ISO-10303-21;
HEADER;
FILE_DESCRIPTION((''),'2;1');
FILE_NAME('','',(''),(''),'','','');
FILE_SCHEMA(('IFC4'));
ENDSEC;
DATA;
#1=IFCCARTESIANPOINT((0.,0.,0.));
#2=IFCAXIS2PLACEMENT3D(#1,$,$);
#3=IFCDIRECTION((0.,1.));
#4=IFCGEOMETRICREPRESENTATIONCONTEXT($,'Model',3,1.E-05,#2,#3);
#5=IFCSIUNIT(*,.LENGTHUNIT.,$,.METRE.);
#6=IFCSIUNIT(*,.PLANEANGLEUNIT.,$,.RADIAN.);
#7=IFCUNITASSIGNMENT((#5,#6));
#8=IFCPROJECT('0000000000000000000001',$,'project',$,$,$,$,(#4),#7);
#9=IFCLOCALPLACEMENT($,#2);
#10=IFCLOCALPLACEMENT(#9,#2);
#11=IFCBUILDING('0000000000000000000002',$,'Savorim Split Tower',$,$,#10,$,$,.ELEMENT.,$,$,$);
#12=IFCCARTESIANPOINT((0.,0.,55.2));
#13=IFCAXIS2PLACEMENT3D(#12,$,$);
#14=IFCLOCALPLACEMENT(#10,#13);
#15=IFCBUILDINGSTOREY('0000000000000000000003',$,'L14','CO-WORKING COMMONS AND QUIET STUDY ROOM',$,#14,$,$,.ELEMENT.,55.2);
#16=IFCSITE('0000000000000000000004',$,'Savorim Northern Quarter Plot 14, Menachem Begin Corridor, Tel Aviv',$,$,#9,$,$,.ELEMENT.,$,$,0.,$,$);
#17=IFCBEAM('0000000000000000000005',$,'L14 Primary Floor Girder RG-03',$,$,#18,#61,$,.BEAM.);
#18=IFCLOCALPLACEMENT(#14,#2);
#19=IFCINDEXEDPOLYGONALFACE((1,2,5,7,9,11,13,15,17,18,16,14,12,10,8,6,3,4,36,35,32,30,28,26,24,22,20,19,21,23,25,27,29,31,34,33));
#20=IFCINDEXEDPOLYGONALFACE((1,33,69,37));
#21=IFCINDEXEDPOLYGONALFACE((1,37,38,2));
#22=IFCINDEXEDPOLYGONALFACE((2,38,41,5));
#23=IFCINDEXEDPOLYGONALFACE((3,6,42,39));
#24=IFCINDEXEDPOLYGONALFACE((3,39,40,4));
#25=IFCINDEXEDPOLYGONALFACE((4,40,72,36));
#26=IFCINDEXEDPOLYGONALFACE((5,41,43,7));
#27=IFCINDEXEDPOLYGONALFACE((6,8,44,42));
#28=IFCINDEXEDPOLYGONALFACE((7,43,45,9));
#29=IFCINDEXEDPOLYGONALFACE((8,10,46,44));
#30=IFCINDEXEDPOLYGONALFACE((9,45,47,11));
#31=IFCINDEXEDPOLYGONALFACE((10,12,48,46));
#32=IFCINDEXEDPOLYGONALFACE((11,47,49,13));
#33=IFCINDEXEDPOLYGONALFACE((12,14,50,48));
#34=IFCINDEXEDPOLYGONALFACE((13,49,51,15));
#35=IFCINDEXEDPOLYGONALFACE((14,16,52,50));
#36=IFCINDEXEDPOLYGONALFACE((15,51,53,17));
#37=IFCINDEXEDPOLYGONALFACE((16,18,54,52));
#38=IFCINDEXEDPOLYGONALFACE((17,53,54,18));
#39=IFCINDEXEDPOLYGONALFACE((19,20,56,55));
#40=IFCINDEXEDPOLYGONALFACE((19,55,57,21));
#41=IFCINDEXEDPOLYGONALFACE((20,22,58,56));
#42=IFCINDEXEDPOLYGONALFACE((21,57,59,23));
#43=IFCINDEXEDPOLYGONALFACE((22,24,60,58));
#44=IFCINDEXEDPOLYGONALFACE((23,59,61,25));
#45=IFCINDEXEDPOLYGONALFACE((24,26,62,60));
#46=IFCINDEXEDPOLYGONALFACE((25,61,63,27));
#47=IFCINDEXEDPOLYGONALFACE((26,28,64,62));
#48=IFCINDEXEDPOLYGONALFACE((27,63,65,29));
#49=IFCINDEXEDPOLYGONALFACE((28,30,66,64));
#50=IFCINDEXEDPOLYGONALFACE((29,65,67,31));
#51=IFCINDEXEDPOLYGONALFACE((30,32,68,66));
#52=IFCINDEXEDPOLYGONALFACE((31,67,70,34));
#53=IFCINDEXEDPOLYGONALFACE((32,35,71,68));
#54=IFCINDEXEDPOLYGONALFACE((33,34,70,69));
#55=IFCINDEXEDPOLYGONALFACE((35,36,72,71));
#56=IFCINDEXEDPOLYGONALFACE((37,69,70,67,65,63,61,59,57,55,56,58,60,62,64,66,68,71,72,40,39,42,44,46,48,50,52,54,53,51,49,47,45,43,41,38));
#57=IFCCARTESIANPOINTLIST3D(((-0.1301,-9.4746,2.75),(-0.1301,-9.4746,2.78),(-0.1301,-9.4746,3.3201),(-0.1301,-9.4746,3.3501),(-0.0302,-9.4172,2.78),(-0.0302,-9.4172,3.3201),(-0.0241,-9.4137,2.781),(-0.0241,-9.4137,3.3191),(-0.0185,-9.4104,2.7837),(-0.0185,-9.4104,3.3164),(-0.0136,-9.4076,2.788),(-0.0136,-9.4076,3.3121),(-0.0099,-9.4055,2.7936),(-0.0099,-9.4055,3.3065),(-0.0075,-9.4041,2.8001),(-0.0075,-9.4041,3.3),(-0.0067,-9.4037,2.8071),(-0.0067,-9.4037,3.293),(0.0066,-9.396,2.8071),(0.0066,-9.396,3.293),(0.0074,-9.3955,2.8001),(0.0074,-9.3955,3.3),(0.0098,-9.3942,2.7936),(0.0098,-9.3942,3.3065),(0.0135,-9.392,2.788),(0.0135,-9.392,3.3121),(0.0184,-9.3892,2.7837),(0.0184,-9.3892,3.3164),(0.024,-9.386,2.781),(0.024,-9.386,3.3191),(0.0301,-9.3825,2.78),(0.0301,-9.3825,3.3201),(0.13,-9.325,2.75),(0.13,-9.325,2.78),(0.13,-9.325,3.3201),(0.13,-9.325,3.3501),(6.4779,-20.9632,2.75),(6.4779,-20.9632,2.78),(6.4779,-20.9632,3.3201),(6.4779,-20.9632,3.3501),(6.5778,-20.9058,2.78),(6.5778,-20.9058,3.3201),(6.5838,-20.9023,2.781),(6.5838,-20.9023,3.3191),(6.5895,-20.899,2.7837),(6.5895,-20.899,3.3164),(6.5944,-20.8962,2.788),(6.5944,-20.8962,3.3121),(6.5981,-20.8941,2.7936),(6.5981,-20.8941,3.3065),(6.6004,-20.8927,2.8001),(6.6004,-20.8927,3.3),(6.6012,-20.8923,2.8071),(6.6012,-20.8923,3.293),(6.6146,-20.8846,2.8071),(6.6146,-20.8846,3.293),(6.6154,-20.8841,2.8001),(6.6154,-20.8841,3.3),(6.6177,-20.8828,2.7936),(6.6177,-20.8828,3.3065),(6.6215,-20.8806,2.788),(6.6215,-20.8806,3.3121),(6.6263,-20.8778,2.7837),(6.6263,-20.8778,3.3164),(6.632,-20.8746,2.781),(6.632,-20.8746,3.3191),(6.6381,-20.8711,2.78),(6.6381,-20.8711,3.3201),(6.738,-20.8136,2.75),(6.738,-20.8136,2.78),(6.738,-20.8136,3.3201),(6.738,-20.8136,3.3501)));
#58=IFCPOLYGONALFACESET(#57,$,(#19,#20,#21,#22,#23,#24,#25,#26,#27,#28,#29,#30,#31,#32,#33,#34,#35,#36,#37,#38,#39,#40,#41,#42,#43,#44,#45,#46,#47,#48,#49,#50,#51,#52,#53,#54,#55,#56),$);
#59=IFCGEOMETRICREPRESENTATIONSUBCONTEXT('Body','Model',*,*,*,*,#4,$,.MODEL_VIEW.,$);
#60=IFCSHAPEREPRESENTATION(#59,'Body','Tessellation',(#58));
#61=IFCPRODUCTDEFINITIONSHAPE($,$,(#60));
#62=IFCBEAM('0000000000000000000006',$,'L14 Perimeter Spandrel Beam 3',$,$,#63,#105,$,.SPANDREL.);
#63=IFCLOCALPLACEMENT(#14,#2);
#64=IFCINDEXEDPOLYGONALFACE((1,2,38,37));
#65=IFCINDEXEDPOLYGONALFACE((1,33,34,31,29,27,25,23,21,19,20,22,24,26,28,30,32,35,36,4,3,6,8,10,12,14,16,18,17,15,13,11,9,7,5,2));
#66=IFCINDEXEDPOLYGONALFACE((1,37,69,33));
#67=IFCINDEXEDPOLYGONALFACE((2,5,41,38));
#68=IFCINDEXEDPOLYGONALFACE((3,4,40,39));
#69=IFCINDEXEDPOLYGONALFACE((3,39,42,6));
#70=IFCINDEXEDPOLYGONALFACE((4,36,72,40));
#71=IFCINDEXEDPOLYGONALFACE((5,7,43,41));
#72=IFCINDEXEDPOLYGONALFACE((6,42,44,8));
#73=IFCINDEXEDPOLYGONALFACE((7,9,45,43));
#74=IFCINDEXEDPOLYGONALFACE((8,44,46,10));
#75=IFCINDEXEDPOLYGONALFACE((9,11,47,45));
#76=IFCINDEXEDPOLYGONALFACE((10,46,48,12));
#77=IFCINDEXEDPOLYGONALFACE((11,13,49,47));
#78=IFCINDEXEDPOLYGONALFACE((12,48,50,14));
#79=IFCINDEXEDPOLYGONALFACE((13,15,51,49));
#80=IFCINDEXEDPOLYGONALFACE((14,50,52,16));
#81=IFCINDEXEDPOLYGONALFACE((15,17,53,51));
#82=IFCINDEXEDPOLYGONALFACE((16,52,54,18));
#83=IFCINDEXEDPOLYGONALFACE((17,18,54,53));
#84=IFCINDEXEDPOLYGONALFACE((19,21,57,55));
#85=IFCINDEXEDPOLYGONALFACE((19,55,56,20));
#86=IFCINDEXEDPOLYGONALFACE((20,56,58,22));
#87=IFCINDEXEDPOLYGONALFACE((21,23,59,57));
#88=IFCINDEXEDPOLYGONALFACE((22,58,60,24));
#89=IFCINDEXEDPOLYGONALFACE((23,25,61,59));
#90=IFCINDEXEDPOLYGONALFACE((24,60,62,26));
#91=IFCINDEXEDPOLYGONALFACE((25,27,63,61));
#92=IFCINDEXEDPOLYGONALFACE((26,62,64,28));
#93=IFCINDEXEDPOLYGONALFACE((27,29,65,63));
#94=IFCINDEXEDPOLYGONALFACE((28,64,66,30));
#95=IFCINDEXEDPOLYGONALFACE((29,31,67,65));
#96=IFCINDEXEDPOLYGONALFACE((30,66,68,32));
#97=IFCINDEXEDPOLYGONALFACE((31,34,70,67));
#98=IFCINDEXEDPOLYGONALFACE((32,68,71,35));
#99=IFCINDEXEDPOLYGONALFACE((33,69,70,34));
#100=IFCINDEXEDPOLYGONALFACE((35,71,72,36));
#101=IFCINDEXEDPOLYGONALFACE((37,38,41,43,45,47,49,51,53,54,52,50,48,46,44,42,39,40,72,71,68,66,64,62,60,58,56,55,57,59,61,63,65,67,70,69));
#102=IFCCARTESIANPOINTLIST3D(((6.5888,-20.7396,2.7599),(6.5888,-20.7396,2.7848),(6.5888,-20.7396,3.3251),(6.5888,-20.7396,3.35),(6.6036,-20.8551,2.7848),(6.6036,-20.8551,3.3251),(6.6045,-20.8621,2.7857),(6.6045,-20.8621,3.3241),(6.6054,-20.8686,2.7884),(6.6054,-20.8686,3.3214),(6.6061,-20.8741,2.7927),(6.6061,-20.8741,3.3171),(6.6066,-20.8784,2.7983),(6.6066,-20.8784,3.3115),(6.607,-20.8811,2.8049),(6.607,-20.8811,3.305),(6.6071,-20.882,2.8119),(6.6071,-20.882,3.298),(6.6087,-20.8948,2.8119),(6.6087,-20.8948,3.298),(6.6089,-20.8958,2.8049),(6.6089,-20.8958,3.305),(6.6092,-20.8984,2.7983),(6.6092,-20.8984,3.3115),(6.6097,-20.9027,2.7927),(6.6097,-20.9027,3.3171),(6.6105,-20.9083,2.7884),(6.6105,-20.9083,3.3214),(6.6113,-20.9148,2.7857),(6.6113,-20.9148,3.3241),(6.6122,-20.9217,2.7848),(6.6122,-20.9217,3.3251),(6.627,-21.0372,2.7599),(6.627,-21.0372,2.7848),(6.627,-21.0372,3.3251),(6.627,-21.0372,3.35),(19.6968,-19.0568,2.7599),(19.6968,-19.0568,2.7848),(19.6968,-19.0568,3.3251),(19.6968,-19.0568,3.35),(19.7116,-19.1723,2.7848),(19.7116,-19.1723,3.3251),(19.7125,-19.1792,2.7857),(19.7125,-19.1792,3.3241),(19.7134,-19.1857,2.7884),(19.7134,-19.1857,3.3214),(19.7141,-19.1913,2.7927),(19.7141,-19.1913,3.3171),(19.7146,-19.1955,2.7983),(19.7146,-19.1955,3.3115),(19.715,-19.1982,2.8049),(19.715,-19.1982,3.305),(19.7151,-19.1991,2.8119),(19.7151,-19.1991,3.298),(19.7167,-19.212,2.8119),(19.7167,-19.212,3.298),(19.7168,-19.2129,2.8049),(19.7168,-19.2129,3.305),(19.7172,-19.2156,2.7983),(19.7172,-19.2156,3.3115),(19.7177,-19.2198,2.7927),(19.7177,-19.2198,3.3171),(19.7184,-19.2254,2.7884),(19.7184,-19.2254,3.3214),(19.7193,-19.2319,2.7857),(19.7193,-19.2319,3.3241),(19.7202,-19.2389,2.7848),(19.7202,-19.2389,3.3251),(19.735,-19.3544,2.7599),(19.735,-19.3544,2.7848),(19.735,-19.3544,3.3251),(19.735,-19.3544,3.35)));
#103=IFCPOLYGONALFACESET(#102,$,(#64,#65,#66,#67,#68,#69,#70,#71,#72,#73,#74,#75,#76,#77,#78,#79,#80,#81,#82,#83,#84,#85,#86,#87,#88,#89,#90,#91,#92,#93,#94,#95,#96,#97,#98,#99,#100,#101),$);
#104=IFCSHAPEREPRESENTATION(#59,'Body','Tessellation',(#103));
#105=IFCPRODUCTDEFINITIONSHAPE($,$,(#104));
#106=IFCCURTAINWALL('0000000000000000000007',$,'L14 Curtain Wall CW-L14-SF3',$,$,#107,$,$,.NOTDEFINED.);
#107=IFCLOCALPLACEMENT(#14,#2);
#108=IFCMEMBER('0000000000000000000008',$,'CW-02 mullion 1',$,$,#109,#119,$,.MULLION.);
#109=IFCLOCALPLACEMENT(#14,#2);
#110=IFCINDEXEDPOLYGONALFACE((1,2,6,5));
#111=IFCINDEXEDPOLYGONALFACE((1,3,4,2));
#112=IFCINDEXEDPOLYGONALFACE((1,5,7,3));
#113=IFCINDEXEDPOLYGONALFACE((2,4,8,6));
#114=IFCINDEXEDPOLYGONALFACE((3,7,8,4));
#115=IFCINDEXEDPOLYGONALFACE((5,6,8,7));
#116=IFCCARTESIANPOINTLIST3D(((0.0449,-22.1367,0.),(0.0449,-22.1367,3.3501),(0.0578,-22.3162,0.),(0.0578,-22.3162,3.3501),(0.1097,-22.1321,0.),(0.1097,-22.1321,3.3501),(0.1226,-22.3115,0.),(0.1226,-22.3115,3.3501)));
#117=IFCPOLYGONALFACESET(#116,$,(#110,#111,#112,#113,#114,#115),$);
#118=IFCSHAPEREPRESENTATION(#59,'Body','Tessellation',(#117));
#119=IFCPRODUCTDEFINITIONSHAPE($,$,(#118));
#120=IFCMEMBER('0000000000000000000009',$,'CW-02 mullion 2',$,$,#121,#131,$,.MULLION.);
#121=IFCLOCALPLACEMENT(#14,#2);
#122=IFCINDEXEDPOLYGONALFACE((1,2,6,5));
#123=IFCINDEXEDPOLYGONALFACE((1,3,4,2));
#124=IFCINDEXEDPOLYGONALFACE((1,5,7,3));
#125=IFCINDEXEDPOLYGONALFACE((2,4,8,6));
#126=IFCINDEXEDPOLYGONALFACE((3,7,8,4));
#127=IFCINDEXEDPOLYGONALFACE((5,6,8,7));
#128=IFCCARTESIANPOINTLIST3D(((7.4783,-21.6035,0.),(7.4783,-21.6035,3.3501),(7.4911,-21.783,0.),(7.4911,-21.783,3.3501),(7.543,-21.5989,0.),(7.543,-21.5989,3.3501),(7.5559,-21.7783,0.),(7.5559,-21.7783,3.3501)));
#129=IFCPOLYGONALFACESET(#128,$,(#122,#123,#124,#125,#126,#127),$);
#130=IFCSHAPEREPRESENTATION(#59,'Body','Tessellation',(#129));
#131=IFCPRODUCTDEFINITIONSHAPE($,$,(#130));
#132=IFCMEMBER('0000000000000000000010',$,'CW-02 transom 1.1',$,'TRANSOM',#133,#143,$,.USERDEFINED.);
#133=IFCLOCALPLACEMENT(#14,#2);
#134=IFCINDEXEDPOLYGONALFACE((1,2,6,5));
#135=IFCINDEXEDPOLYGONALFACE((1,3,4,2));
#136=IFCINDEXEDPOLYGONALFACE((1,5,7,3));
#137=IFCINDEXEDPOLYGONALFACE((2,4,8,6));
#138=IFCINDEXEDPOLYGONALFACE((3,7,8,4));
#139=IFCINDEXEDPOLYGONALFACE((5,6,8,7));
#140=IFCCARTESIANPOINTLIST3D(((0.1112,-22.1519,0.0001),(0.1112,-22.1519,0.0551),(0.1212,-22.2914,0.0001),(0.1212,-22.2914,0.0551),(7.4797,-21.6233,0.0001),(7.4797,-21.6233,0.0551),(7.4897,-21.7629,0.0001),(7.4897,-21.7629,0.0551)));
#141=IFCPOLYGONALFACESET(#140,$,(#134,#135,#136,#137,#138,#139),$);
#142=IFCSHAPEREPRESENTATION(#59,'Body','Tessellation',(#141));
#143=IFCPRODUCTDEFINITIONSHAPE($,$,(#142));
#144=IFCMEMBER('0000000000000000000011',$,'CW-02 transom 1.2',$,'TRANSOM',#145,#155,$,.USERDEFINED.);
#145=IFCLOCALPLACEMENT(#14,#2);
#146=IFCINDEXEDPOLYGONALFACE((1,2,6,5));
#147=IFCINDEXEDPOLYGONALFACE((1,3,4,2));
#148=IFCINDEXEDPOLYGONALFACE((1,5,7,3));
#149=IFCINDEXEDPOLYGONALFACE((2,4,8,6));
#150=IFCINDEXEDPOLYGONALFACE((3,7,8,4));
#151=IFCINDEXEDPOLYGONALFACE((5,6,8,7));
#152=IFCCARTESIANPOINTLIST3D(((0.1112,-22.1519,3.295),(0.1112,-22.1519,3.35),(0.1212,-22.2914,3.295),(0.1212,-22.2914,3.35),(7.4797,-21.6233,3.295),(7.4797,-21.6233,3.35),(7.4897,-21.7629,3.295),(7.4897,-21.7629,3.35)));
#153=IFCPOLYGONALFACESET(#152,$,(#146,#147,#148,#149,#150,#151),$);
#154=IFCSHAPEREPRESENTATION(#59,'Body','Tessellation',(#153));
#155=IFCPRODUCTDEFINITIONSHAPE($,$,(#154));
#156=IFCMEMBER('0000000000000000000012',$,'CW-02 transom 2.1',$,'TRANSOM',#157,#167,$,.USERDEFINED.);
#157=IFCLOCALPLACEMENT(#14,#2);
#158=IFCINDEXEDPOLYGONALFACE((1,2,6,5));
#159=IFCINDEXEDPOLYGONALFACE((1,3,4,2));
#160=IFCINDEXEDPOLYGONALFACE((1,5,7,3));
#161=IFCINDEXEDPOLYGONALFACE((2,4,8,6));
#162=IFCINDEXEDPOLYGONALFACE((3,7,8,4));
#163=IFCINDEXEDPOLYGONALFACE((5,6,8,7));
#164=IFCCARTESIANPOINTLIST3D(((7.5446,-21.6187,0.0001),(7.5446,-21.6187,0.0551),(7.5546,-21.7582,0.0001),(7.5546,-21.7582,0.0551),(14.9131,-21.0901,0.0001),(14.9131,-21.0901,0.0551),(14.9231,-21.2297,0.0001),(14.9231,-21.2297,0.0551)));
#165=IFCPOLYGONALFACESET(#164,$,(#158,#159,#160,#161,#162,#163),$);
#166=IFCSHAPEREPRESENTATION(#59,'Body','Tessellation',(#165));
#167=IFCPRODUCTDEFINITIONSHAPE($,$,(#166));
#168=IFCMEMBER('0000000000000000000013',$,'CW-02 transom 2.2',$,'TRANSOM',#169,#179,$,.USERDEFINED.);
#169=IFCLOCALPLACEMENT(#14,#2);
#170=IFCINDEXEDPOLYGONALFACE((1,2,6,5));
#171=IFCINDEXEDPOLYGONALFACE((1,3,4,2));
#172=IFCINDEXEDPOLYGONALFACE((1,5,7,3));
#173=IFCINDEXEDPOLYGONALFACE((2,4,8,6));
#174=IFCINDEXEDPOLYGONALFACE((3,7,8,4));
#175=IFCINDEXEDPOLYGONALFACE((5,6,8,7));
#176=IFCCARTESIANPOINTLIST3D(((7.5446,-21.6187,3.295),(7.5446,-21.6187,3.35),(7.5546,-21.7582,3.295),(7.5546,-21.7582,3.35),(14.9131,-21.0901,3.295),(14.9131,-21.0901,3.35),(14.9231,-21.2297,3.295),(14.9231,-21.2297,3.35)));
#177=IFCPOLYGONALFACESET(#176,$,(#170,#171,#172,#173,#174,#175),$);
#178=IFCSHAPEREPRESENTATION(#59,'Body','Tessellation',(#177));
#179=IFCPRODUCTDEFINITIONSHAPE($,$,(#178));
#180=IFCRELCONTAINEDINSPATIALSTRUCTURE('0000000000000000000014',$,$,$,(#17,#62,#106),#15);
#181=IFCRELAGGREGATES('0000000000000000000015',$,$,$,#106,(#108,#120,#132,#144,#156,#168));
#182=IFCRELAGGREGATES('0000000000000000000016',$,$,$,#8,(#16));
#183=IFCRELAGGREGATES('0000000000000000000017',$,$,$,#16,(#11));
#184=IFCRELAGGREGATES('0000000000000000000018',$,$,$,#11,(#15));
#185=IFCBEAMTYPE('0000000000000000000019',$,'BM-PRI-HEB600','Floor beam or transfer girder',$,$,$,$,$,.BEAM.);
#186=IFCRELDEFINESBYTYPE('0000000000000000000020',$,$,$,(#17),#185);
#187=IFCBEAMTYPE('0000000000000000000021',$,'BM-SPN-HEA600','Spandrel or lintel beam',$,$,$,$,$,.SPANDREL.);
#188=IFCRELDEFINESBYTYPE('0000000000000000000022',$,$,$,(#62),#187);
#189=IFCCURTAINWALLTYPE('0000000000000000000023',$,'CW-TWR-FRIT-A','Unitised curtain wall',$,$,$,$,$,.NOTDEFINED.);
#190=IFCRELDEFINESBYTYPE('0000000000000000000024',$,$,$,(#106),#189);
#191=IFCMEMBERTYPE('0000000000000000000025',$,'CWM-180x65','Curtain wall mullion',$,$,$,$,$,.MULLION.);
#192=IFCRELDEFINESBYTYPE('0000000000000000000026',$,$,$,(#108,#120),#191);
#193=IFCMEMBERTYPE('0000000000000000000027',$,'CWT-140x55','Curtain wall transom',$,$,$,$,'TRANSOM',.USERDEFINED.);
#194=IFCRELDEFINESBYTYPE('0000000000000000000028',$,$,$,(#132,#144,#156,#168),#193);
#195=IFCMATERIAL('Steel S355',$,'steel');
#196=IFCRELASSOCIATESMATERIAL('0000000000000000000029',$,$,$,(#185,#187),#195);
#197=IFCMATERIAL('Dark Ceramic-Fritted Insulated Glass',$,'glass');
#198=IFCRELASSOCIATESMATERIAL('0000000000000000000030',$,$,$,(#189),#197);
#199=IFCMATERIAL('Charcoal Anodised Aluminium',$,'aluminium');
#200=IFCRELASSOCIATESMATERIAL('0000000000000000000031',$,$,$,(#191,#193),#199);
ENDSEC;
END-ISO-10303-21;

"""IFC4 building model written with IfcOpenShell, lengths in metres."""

from ifc_helpers import new_model, si_unit, direction, frame, origin, origin_2d, place, context, subcontext, project, spatial, rectangle, i_section, extrude, material, material_profile, profile_set, type_object, element, aggregate, save


model = new_model("IFC4")

# Units and contexts
model_context = context("Model", 3, precision=1e-05, world=origin(), true_north=direction((0.0, 1.0)))
body_context = subcontext(model_context, "Body", "Model", "MODEL_VIEW")
ifc_project = project(units=[si_unit("LENGTHUNIT", "METRE"), si_unit("PLANEANGLEUNIT", "RADIAN")], contexts=[model_context])

# Site, building, storey
site_placement = place(None, origin())
site = spatial("IfcSite", under=ifc_project, at=site_placement, Name="Savorim Northern Quarter Plot 14, Menachem Begin Corridor, Tel Aviv", CompositionType="ELEMENT", RefElevation=0.0)
building_placement = place(site_placement, origin())
building = spatial("IfcBuilding", under=site, at=building_placement, Name="Savorim Split Tower", CompositionType="ELEMENT")
storey_placement = place(building_placement, frame((0.0, 0.0, 55.2)))
storey = spatial("IfcBuildingStorey", under=building, at=storey_placement, Name="L14", Description="CO-WORKING COMMONS AND QUIET STUDY ROOM", CompositionType="ELEMENT", Elevation=55.2)

# Beams
ifc_material_1 = material(Name="Steel S355", Category="steel")
ifc_material_profile_1 = material_profile(ifc_material_1, i_section(OverallWidth=0.3, OverallDepth=0.6001, WebThickness=0.0154, FlangeThickness=0.03, FilletRadius=0.0271, at=origin_2d()), Name="HEB 600")
ifc_profile_set_1 = profile_set([ifc_material_profile_1], Name="Steel S355")
beam_type_1 = type_object("IfcBeamType", Name="BM-PRI-HEB600", Description="Floor beam or transfer girder", PredefinedType="BEAM", material=ifc_profile_set_1)
beam_1_placement = place(storey_placement, frame((6.6079, -20.8884, 3.05), z_axis=(-0.498585, 0.866841, 0.0), x_axis=(-0.866841, -0.498585, 0.0)))
element("IfcBeam", 1, at=beam_1_placement, inside=storey, type_object=beam_type_1, Name="L14 Primary Floor Girder RG-03", PredefinedType="BEAM", context=body_context, shape_type="SweptSolid", body=[
    extrude(i_section(OverallWidth=0.3, OverallDepth=0.6001, WebThickness=0.0154, FlangeThickness=0.03, FilletRadius=0.0271, at=origin_2d()), origin(), (0.0, 0.0, 1.0), 13.2534),
])
ifc_material_profile_2 = material_profile(ifc_material_1, i_section(OverallWidth=0.3, OverallDepth=0.5901, WebThickness=0.0129, FlangeThickness=0.0249, FilletRadius=0.0271, at=origin_2d()), Name="HEA 600")
ifc_profile_set_2 = profile_set([ifc_material_profile_2], Name="Steel S355")
beam_type_2 = type_object("IfcBeamType", Name="BM-SPN-HEA600", Description="Spandrel or lintel beam", PredefinedType="SPANDREL", material=ifc_profile_set_2)
beam_2_placement = place(storey_placement, frame((6.6079, -20.8884, 3.0549), z_axis=(0.991859, 0.12734, 0.0), x_axis=(-0.12734, 0.991859, 0.0)))
element("IfcBeam", 2, at=beam_2_placement, inside=storey, type_object=beam_type_2, Name="L14 Perimeter Spandrel Beam 3", PredefinedType="SPANDREL", context=body_context, shape_type="SweptSolid", body=[
    extrude(i_section(OverallWidth=0.3, OverallDepth=0.5901, WebThickness=0.0129, FlangeThickness=0.0249, FilletRadius=0.0271, at=origin_2d()), origin(), (0.0, 0.0, 1.0), 13.2156),
])

# Curtain wall, members
ifc_material_2 = material(Name="Dark Ceramic-Fritted Insulated Glass", Category="glass")
curtain_wall_type = type_object("IfcCurtainWallType", Name="CW-TWR-FRIT-A", Description="Unitised curtain wall", PredefinedType="NOTDEFINED", material=ifc_material_2)
curtain_wall_placement = place(storey_placement, origin())
curtain_wall = element("IfcCurtainWall", 3, at=curtain_wall_placement, inside=storey, type_object=curtain_wall_type, Name="L14 Curtain Wall CW-L14-SF3", PredefinedType="NOTDEFINED")
ifc_material_3 = material(Name="Charcoal Anodised Aluminium", Category="aluminium")
ifc_material_profile_3 = material_profile(ifc_material_3, rectangle(XDim=0.1799, YDim=0.0649, at=origin_2d()), Name="ALU-M 180x65")
ifc_profile_set_3 = profile_set([ifc_material_profile_3], Name="Charcoal Anodised Aluminium")
member_type_1 = type_object("IfcMemberType", Name="CWM-180x65", Description="Curtain wall mullion", PredefinedType="MULLION", material=ifc_profile_set_3)
member_1_placement = place(storey_placement, frame((0.0837, -22.2241, 0.0), z_axis=(0.0, 0.0, 1.0), x_axis=(-0.071557, 0.997437, 0.0)))
member_1 = element("IfcMember", 4, at=member_1_placement, type_object=member_type_1, Name="CW-02 mullion 1", PredefinedType="MULLION", context=body_context, shape_type="SweptSolid", body=[
    extrude(rectangle(XDim=0.1799, YDim=0.0649, at=origin_2d()), origin(), (0.0, 0.0, 1.0), 3.3501),
])
member_2_placement = place(storey_placement, frame((7.5171, -21.6909, 0.0), z_axis=(0.0, 0.0, 1.0), x_axis=(-0.071557, 0.997437, 0.0)))
member_2 = element("IfcMember", 5, at=member_2_placement, type_object=member_type_1, Name="CW-02 mullion 2", PredefinedType="MULLION", context=body_context, shape_type="SweptSolid", body=[
    extrude(rectangle(XDim=0.1799, YDim=0.0649, at=origin_2d()), origin(), (0.0, 0.0, 1.0), 3.3501),
])
ifc_material_profile_4 = material_profile(ifc_material_3, rectangle(XDim=0.1399, YDim=0.0549, at=origin_2d()), Name="ALU-T 140x55")
ifc_profile_set_4 = profile_set([ifc_material_profile_4], Name="Charcoal Anodised Aluminium")
member_type_2 = type_object("IfcMemberType", Name="CWT-140x55", Description="Curtain wall transom", ElementType="TRANSOM", PredefinedType="USERDEFINED", material=ifc_profile_set_4)
member_3_placement = place(storey_placement, frame((0.1162, -22.2217, 0.0276), z_axis=(0.997437, 0.07155, 0.0), x_axis=(-0.07155, 0.997437, 0.0)))
member_3 = element("IfcMember", 6, at=member_3_placement, type_object=member_type_2, Name="CW-02 transom 1.1", ObjectType="TRANSOM", PredefinedType="USERDEFINED", context=body_context, shape_type="SweptSolid", body=[
    extrude(rectangle(XDim=0.1399, YDim=0.0549, at=origin_2d()), origin(), (0.0, 0.0, 1.0), 7.3875),
])
member_4_placement = place(storey_placement, frame((0.1162, -22.2217, 3.3225), z_axis=(0.997437, 0.07155, 0.0), x_axis=(-0.07155, 0.997437, 0.0)))
member_4 = element("IfcMember", 7, at=member_4_placement, type_object=member_type_2, Name="CW-02 transom 1.2", ObjectType="TRANSOM", PredefinedType="USERDEFINED", context=body_context, shape_type="SweptSolid", body=[
    extrude(rectangle(XDim=0.1399, YDim=0.0549, at=origin_2d()), origin(), (0.0, 0.0, 1.0), 7.3875),
])
member_5_placement = place(storey_placement, frame((7.5496, -21.6885, 0.0276), z_axis=(0.997437, 0.07155, 0.0), x_axis=(-0.07155, 0.997437, 0.0)))
member_5 = element("IfcMember", 8, at=member_5_placement, type_object=member_type_2, Name="CW-02 transom 2.1", ObjectType="TRANSOM", PredefinedType="USERDEFINED", context=body_context, shape_type="SweptSolid", body=[
    extrude(rectangle(XDim=0.1399, YDim=0.0549, at=origin_2d()), origin(), (0.0, 0.0, 1.0), 7.3875),
])
member_6_placement = place(storey_placement, frame((7.5496, -21.6885, 3.3225), z_axis=(0.997437, 0.07155, 0.0), x_axis=(-0.07155, 0.997437, 0.0)))
member_6 = element("IfcMember", 9, at=member_6_placement, type_object=member_type_2, Name="CW-02 transom 2.2", ObjectType="TRANSOM", PredefinedType="USERDEFINED", context=body_context, shape_type="SweptSolid", body=[
    extrude(rectangle(XDim=0.1399, YDim=0.0549, at=origin_2d()), origin(), (0.0, 0.0, 1.0), 7.3875),
])
aggregate(curtain_wall, [member_1, member_2, member_3, member_4, member_5, member_6])

save(model, "model.ifc")
